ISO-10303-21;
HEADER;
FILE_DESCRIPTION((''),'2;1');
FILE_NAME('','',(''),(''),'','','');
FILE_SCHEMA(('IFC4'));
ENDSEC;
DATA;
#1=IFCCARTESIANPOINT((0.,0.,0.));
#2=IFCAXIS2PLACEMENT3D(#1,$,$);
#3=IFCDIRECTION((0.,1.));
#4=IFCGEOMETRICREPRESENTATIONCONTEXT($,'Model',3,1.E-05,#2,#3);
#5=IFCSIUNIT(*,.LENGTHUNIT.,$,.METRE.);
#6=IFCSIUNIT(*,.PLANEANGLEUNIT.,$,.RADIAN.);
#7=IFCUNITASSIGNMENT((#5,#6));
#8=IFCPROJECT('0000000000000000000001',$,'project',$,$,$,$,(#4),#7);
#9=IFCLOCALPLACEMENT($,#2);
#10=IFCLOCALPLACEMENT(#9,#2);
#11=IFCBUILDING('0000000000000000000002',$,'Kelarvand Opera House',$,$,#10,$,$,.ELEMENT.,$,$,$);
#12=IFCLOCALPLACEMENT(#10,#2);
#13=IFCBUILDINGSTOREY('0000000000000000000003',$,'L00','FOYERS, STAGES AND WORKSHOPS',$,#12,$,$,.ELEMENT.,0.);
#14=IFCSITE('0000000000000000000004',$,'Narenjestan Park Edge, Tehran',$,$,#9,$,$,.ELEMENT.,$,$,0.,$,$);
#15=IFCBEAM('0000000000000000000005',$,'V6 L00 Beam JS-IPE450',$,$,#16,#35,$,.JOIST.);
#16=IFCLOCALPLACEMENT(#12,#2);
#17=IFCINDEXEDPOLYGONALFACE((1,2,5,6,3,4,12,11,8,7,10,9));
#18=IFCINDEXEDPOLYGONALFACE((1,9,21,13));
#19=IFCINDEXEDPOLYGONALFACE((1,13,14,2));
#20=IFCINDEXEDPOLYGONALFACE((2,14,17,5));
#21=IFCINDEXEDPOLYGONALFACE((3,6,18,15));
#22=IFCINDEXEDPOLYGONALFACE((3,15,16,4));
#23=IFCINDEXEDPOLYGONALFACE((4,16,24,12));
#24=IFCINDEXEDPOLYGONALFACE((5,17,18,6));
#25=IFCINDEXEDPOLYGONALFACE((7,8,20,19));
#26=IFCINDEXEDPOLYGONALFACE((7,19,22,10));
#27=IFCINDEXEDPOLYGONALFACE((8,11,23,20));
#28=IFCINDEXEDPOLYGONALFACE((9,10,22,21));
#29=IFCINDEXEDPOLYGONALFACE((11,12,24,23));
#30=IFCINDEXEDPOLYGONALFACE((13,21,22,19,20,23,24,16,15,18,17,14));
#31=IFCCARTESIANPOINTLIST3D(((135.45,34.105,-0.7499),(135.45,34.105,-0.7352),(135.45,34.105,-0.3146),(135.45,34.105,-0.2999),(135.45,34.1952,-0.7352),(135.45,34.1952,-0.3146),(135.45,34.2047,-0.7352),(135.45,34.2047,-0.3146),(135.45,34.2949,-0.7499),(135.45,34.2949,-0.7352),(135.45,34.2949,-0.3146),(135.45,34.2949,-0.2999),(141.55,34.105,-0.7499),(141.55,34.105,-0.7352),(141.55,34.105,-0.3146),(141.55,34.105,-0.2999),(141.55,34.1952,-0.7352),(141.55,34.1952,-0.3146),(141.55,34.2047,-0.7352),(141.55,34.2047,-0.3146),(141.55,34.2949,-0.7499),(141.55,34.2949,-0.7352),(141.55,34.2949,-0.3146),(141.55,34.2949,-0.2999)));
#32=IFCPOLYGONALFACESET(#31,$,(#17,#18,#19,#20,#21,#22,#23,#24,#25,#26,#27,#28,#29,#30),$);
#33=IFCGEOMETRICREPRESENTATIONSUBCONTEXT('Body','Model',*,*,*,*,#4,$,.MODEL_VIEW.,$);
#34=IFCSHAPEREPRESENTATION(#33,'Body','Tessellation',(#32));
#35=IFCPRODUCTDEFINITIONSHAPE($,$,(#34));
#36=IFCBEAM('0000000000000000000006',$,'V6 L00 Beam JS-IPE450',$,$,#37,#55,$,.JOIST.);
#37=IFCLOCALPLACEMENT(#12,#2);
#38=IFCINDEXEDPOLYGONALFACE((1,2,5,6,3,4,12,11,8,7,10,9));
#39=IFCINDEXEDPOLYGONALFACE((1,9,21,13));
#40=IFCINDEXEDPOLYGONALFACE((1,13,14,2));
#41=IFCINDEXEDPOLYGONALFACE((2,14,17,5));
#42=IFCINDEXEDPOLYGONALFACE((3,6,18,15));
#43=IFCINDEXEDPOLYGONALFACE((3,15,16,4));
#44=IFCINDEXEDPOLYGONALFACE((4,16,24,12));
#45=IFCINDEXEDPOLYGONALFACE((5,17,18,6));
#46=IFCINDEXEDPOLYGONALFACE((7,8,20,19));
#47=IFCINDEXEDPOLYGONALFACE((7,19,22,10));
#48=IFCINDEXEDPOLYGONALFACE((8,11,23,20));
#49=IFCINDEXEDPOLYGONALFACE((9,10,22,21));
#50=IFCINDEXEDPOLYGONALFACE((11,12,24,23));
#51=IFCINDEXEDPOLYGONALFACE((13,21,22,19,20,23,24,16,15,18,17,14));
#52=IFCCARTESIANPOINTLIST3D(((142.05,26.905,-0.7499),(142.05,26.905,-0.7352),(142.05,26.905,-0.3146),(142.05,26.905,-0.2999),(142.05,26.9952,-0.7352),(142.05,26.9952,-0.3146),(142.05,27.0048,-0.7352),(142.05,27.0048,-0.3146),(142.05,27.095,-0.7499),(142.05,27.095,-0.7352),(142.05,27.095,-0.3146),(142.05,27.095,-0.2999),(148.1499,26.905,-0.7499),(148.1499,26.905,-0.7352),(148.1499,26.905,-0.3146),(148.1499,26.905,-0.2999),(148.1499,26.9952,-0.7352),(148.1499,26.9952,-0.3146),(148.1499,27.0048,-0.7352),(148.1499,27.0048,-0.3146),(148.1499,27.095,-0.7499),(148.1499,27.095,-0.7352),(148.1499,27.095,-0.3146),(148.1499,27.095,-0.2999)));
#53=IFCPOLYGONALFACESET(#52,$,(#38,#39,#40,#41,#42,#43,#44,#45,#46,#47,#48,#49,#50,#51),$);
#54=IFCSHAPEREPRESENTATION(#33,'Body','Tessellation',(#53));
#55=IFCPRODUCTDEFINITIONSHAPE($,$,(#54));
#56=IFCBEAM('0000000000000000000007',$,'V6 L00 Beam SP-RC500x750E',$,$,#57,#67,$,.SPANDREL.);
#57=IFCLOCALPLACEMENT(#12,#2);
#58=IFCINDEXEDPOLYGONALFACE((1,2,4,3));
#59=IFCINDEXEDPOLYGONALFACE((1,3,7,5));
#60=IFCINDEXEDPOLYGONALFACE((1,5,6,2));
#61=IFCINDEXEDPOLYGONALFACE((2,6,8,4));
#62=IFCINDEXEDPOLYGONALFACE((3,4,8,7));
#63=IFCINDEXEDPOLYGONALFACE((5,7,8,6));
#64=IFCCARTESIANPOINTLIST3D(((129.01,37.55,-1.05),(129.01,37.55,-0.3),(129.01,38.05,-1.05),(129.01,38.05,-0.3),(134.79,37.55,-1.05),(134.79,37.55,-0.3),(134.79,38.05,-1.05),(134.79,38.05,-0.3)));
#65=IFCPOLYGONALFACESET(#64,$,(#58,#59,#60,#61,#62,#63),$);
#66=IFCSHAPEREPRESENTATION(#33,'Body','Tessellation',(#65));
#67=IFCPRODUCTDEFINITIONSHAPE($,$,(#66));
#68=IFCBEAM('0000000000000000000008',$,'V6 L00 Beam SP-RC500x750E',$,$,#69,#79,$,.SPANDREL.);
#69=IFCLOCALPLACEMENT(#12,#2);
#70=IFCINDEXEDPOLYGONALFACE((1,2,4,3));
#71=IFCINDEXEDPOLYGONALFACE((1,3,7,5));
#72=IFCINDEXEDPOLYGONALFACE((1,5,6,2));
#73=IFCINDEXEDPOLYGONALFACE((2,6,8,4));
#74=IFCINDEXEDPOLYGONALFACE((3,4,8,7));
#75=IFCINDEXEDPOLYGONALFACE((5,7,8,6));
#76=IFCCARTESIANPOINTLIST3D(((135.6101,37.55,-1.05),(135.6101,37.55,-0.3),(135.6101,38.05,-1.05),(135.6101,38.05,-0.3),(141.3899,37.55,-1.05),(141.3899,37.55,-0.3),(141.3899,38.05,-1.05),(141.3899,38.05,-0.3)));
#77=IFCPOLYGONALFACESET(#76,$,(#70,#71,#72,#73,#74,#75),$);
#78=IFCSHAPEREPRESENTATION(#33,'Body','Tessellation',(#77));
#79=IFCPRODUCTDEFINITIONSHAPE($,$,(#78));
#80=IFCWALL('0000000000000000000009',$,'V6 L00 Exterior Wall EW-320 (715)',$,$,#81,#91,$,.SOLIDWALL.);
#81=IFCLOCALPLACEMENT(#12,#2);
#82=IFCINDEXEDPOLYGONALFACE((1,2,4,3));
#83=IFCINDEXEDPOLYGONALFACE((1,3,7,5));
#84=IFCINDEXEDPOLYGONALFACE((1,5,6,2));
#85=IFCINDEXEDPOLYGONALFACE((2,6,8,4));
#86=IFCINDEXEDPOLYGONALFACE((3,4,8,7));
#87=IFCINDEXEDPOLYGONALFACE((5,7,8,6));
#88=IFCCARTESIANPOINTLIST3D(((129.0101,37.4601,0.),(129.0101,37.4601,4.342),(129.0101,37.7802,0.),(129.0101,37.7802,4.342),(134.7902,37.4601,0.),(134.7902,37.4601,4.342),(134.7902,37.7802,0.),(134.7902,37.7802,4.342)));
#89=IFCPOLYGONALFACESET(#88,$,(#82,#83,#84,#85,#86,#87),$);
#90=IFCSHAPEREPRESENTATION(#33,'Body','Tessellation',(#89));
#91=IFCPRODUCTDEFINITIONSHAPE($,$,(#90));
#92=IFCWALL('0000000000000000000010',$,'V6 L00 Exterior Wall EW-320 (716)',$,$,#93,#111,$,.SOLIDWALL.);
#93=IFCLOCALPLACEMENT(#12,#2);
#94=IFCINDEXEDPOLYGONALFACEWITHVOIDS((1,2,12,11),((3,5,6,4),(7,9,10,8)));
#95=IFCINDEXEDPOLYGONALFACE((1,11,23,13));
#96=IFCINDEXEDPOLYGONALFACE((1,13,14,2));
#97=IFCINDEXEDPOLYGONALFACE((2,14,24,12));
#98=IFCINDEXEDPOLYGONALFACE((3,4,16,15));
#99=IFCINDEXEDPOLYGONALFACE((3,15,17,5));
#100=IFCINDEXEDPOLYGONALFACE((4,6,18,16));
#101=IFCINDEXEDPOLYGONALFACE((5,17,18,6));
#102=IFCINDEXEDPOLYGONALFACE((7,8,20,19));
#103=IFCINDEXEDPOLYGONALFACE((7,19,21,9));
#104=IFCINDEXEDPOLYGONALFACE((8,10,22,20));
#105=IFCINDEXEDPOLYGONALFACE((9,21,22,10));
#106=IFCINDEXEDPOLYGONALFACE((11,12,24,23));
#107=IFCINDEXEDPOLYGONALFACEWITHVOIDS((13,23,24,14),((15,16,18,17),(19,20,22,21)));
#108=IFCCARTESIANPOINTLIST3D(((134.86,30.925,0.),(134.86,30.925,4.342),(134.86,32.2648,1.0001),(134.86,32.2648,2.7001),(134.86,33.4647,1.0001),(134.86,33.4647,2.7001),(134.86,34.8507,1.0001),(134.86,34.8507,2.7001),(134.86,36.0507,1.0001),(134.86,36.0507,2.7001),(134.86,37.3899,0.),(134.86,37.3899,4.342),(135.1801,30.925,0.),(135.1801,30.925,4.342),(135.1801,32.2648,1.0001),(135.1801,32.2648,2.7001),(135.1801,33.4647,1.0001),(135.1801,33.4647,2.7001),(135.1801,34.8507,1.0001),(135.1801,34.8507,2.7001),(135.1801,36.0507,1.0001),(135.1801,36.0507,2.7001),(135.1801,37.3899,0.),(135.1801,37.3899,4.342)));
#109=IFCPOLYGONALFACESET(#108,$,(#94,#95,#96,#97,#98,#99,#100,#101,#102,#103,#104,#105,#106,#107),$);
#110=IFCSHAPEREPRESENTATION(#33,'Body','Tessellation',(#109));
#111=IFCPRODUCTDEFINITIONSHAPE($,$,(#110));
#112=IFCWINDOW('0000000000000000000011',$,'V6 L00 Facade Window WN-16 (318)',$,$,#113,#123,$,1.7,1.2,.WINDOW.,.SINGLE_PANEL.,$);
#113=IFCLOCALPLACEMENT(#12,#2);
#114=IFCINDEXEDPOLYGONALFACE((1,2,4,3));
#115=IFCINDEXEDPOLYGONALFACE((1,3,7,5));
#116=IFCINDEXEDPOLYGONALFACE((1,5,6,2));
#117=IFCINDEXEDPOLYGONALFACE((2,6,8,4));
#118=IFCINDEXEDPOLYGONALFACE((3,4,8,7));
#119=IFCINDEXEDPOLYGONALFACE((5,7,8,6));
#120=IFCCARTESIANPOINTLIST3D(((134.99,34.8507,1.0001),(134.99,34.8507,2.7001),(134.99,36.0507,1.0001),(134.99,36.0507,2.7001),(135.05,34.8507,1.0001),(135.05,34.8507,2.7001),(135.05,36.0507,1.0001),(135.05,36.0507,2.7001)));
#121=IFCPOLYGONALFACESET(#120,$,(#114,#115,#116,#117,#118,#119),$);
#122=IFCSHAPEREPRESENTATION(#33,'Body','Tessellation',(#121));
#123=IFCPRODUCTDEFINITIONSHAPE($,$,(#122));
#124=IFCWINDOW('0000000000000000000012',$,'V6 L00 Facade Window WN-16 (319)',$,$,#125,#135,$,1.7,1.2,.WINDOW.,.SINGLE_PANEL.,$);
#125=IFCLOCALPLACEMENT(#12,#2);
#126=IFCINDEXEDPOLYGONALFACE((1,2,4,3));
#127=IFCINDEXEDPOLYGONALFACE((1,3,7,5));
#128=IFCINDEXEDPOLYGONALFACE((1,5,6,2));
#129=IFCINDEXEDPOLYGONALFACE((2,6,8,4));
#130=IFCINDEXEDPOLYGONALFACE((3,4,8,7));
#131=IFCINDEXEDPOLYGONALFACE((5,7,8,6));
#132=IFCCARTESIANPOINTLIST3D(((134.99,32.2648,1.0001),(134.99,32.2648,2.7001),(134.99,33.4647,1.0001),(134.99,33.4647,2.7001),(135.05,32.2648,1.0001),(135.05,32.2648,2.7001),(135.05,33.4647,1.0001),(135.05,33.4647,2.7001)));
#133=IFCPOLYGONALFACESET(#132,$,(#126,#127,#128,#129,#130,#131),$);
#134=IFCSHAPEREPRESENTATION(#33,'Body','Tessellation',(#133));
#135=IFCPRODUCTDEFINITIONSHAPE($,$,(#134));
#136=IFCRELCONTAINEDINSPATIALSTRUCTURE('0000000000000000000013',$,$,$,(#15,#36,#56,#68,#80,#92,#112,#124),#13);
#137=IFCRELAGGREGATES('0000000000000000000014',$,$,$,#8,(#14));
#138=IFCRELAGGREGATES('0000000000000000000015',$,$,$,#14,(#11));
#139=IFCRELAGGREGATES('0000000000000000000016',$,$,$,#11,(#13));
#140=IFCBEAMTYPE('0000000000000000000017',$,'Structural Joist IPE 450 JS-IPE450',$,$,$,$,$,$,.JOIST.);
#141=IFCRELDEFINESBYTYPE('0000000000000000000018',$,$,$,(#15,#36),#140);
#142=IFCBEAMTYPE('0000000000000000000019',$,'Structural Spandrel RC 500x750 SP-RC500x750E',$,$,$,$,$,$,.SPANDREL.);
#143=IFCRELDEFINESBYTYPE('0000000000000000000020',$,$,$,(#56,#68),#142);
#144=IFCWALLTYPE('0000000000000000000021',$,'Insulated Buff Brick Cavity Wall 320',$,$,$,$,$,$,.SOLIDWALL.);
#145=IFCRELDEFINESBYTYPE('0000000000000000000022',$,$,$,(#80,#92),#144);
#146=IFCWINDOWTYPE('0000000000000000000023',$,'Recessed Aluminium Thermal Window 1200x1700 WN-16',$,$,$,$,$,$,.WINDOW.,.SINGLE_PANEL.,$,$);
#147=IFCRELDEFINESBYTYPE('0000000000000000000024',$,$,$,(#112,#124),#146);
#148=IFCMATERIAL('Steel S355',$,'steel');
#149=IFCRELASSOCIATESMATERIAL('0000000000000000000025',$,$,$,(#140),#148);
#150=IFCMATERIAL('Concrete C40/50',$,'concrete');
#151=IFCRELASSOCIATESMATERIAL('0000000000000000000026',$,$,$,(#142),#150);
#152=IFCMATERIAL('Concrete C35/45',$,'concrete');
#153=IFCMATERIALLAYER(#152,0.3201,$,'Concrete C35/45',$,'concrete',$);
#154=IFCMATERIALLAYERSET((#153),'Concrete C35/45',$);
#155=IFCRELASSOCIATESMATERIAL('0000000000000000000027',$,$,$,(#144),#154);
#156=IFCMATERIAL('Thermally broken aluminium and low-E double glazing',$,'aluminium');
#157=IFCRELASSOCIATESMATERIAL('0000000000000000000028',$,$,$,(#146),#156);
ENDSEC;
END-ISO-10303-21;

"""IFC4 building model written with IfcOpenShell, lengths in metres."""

from ifc_helpers import new_model, si_unit, direction, frame, frame_2d, origin, origin_2d, place, context, subcontext, project, spatial, rectangle, i_section, extrude, material, layer, layer_set, material_profile, profile_set, type_object, element, fill, save


model = new_model("IFC4")

# Units and contexts
model_context = context("Model", 3, precision=1e-05, world=origin(), true_north=direction((0.0, 1.0)))
body_context = subcontext(model_context, "Body", "Model", "MODEL_VIEW")
ifc_project = project(units=[si_unit("LENGTHUNIT", "METRE"), si_unit("PLANEANGLEUNIT", "RADIAN")], contexts=[model_context])

# Site, building, storey
site_placement = place(None, origin())
site = spatial("IfcSite", under=ifc_project, at=site_placement, Name="Narenjestan Park Edge, Tehran", CompositionType="ELEMENT", RefElevation=0.0)
building_placement = place(site_placement, origin())
building = spatial("IfcBuilding", under=site, at=building_placement, Name="Kelarvand Opera House", CompositionType="ELEMENT")
storey_placement = place(building_placement, origin())
storey = spatial("IfcBuildingStorey", under=building, at=storey_placement, Name="L00", Description="FOYERS, STAGES AND WORKSHOPS", CompositionType="ELEMENT", Elevation=0.0)

# Shared definitions
ifc_material_1 = material(Name="Concrete C40/50", Category="concrete")

# Beams
ifc_material_2 = material(Name="Steel S355", Category="steel")
ifc_material_profile_1 = material_profile(ifc_material_2, i_section(OverallWidth=0.1899, OverallDepth=0.45, WebThickness=0.0095, FlangeThickness=0.0146, at=origin_2d()), Name="IPE 450", Category="steel")
ifc_profile_set_1 = profile_set([ifc_material_profile_1], Name="Steel S355")
beam_type_1 = type_object("IfcBeamType", Name="Structural Joist IPE 450 JS-IPE450", PredefinedType="JOIST", material=ifc_profile_set_1)
beam_1_placement = place(storey_placement, frame((135.45, 34.2, -0.5249), z_axis=(1.0, 0.0, 0.0), x_axis=(0.0, 1.0, 0.0)))
element("IfcBeam", 1, at=beam_1_placement, inside=storey, type_object=beam_type_1, Name="V6 L00 Beam JS-IPE450", PredefinedType="JOIST", context=body_context, shape_type="SweptSolid", body=[
    extrude(i_section(OverallWidth=0.1899, OverallDepth=0.45, WebThickness=0.0095, FlangeThickness=0.0146, at=origin_2d()), origin(), (0.0, 0.0, 1.0), 6.1001),
])
beam_2_placement = place(storey_placement, frame((142.05, 27.0, -0.5249), z_axis=(1.0, 0.0, 0.0), x_axis=(0.0, 1.0, 0.0)))
element("IfcBeam", 2, at=beam_2_placement, inside=storey, type_object=beam_type_1, Name="V6 L00 Beam JS-IPE450", PredefinedType="JOIST", context=body_context, shape_type="SweptSolid", body=[
    extrude(i_section(OverallWidth=0.1899, OverallDepth=0.45, WebThickness=0.0095, FlangeThickness=0.0146, at=origin_2d()), origin(), (0.0, 0.0, 1.0), 6.0999),
])
ifc_material_profile_2 = material_profile(ifc_material_1, rectangle(XDim=0.5, YDim=0.75, at=origin_2d()), Name="RC 500x750", Category="concrete")
ifc_profile_set_2 = profile_set([ifc_material_profile_2], Name="Concrete C40/50")
beam_type_2 = type_object("IfcBeamType", Name="Structural Spandrel RC 500x750 SP-RC500x750E", PredefinedType="SPANDREL", material=ifc_profile_set_2)
beam_3_placement = place(storey_placement, frame((129.01, 37.8, -0.675), z_axis=(1.0, 0.0, 0.0), x_axis=(0.0, 1.0, 0.0)))
element("IfcBeam", 3, at=beam_3_placement, inside=storey, type_object=beam_type_2, Name="V6 L00 Beam SP-RC500x750E", PredefinedType="SPANDREL", context=body_context, shape_type="SweptSolid", body=[
    extrude(rectangle(XDim=0.5, YDim=0.75, at=origin_2d()), origin(), (0.0, 0.0, 1.0), 5.78),
])
beam_4_placement = place(storey_placement, frame((135.6101, 37.8, -0.675), z_axis=(1.0, 0.0, 0.0), x_axis=(0.0, 1.0, 0.0)))
element("IfcBeam", 4, at=beam_4_placement, inside=storey, type_object=beam_type_2, Name="V6 L00 Beam SP-RC500x750E", PredefinedType="SPANDREL", context=body_context, shape_type="SweptSolid", body=[
    extrude(rectangle(XDim=0.5, YDim=0.75, at=origin_2d()), origin(), (0.0, 0.0, 1.0), 5.7798),
])

# Wall
ifc_material_3 = material(Name="Concrete C35/45", Category="concrete")
ifc_layer = layer(ifc_material_3, 0.3201, Name="Concrete C35/45", Category="concrete")
ifc_layer_set = layer_set([ifc_layer], Name="Concrete C35/45")
wall_type = type_object("IfcWallType", Name="Insulated Buff Brick Cavity Wall 320", PredefinedType="SOLIDWALL", material=ifc_layer_set)
wall_1_placement = place(storey_placement, frame((129.01, 37.6201, 0.0), z_axis=(0.0, 0.0, 1.0), x_axis=(1.0, 0.0, 0.0)))
element("IfcWall", 5, at=wall_1_placement, inside=storey, type_object=wall_type, Name="V6 L00 Exterior Wall EW-320 (715)", PredefinedType="SOLIDWALL", context=body_context, shape_type="SweptSolid", body=[
    extrude(rectangle(XDim=5.78, YDim=0.3201, at=frame_2d((2.8901, 0.0))), origin(), (0.0, 0.0, 1.0), 4.342),
])

# Wall, openings, windows
wall_2_placement = place(storey_placement, frame((135.02, 37.3899, 0.0), z_axis=(0.0, 0.0, 1.0), x_axis=(0.0, -1.0, 0.0)))
wall_2 = element("IfcWall", 6, at=wall_2_placement, inside=storey, type_object=wall_type, Name="V6 L00 Exterior Wall EW-320 (716)", PredefinedType="SOLIDWALL", context=body_context, shape_type="SweptSolid", body=[
    extrude(rectangle(XDim=6.4648, YDim=0.3201, at=frame_2d((3.2324, 0.0))), origin(), (0.0, 0.0, 1.0), 4.342),
])
opening_1_placement = place(wall_2_placement, frame((1.3391, 0.0, 1.0)))
opening_1 = element("IfcOpeningElement", 7, at=opening_1_placement, cuts=wall_2, PredefinedType="OPENING", context=body_context, shape_type="SweptSolid", body=[
    extrude(rectangle(XDim=1.2, YDim=1.7, at=frame_2d((0.6001, 0.8501))), frame((0.0, 0.1699, 0.0), z_axis=(0.0, -1.0, 0.0), x_axis=(1.0, 0.0, 0.0)), (0.0, 0.0, 1.0), 0.3401),
])
opening_2_placement = place(wall_2_placement, frame((3.925, 0.0, 1.0)))
opening_2 = element("IfcOpeningElement", 8, at=opening_2_placement, cuts=wall_2, PredefinedType="OPENING", context=body_context, shape_type="SweptSolid", body=[
    extrude(rectangle(XDim=1.2, YDim=1.7, at=frame_2d((0.6001, 0.8501))), frame((0.0, 0.1699, 0.0), z_axis=(0.0, -1.0, 0.0), x_axis=(1.0, 0.0, 0.0)), (0.0, 0.0, 1.0), 0.3401),
])
ifc_material_4 = material(Name="Thermally broken aluminium and low-E double glazing", Category="aluminium")
window_type_1 = type_object("IfcWindowType", Name="Recessed Aluminium Thermal Window 1200x1700 WN-16", PartitioningType="SINGLE_PANEL", PredefinedType="WINDOW", material=ifc_material_4)
window_1_placement = place(opening_1_placement, origin())
window_1 = element("IfcWindow", 9, at=window_1_placement, inside=storey, type_object=window_type_1, Name="V6 L00 Facade Window WN-16 (318)", OverallHeight=1.7, OverallWidth=1.2, PartitioningType="SINGLE_PANEL", PredefinedType="WINDOW", context=body_context, shape_type="SweptSolid", body=[
    extrude(rectangle(XDim=1.2, YDim=1.7, at=frame_2d((0.6001, 0.8501))), frame((0.0, 0.03, 0.0), z_axis=(0.0, -1.0, 0.0), x_axis=(1.0, 0.0, 0.0)), (0.0, 0.0, 1.0), 0.0601),
])
fill(opening_1, window_1)
window_2_placement = place(opening_2_placement, origin())
window_2 = element("IfcWindow", 10, at=window_2_placement, inside=storey, type_object=window_type_1, Name="V6 L00 Facade Window WN-16 (319)", OverallHeight=1.7, OverallWidth=1.2, PartitioningType="SINGLE_PANEL", PredefinedType="WINDOW", context=body_context, shape_type="SweptSolid", body=[
    extrude(rectangle(XDim=1.2, YDim=1.7, at=frame_2d((0.6001, 0.8501))), frame((0.0, 0.03, 0.0), z_axis=(0.0, -1.0, 0.0), x_axis=(1.0, 0.0, 0.0)), (0.0, 0.0, 1.0), 0.0601),
])
fill(opening_2, window_2)

save(model, "model.ifc")
